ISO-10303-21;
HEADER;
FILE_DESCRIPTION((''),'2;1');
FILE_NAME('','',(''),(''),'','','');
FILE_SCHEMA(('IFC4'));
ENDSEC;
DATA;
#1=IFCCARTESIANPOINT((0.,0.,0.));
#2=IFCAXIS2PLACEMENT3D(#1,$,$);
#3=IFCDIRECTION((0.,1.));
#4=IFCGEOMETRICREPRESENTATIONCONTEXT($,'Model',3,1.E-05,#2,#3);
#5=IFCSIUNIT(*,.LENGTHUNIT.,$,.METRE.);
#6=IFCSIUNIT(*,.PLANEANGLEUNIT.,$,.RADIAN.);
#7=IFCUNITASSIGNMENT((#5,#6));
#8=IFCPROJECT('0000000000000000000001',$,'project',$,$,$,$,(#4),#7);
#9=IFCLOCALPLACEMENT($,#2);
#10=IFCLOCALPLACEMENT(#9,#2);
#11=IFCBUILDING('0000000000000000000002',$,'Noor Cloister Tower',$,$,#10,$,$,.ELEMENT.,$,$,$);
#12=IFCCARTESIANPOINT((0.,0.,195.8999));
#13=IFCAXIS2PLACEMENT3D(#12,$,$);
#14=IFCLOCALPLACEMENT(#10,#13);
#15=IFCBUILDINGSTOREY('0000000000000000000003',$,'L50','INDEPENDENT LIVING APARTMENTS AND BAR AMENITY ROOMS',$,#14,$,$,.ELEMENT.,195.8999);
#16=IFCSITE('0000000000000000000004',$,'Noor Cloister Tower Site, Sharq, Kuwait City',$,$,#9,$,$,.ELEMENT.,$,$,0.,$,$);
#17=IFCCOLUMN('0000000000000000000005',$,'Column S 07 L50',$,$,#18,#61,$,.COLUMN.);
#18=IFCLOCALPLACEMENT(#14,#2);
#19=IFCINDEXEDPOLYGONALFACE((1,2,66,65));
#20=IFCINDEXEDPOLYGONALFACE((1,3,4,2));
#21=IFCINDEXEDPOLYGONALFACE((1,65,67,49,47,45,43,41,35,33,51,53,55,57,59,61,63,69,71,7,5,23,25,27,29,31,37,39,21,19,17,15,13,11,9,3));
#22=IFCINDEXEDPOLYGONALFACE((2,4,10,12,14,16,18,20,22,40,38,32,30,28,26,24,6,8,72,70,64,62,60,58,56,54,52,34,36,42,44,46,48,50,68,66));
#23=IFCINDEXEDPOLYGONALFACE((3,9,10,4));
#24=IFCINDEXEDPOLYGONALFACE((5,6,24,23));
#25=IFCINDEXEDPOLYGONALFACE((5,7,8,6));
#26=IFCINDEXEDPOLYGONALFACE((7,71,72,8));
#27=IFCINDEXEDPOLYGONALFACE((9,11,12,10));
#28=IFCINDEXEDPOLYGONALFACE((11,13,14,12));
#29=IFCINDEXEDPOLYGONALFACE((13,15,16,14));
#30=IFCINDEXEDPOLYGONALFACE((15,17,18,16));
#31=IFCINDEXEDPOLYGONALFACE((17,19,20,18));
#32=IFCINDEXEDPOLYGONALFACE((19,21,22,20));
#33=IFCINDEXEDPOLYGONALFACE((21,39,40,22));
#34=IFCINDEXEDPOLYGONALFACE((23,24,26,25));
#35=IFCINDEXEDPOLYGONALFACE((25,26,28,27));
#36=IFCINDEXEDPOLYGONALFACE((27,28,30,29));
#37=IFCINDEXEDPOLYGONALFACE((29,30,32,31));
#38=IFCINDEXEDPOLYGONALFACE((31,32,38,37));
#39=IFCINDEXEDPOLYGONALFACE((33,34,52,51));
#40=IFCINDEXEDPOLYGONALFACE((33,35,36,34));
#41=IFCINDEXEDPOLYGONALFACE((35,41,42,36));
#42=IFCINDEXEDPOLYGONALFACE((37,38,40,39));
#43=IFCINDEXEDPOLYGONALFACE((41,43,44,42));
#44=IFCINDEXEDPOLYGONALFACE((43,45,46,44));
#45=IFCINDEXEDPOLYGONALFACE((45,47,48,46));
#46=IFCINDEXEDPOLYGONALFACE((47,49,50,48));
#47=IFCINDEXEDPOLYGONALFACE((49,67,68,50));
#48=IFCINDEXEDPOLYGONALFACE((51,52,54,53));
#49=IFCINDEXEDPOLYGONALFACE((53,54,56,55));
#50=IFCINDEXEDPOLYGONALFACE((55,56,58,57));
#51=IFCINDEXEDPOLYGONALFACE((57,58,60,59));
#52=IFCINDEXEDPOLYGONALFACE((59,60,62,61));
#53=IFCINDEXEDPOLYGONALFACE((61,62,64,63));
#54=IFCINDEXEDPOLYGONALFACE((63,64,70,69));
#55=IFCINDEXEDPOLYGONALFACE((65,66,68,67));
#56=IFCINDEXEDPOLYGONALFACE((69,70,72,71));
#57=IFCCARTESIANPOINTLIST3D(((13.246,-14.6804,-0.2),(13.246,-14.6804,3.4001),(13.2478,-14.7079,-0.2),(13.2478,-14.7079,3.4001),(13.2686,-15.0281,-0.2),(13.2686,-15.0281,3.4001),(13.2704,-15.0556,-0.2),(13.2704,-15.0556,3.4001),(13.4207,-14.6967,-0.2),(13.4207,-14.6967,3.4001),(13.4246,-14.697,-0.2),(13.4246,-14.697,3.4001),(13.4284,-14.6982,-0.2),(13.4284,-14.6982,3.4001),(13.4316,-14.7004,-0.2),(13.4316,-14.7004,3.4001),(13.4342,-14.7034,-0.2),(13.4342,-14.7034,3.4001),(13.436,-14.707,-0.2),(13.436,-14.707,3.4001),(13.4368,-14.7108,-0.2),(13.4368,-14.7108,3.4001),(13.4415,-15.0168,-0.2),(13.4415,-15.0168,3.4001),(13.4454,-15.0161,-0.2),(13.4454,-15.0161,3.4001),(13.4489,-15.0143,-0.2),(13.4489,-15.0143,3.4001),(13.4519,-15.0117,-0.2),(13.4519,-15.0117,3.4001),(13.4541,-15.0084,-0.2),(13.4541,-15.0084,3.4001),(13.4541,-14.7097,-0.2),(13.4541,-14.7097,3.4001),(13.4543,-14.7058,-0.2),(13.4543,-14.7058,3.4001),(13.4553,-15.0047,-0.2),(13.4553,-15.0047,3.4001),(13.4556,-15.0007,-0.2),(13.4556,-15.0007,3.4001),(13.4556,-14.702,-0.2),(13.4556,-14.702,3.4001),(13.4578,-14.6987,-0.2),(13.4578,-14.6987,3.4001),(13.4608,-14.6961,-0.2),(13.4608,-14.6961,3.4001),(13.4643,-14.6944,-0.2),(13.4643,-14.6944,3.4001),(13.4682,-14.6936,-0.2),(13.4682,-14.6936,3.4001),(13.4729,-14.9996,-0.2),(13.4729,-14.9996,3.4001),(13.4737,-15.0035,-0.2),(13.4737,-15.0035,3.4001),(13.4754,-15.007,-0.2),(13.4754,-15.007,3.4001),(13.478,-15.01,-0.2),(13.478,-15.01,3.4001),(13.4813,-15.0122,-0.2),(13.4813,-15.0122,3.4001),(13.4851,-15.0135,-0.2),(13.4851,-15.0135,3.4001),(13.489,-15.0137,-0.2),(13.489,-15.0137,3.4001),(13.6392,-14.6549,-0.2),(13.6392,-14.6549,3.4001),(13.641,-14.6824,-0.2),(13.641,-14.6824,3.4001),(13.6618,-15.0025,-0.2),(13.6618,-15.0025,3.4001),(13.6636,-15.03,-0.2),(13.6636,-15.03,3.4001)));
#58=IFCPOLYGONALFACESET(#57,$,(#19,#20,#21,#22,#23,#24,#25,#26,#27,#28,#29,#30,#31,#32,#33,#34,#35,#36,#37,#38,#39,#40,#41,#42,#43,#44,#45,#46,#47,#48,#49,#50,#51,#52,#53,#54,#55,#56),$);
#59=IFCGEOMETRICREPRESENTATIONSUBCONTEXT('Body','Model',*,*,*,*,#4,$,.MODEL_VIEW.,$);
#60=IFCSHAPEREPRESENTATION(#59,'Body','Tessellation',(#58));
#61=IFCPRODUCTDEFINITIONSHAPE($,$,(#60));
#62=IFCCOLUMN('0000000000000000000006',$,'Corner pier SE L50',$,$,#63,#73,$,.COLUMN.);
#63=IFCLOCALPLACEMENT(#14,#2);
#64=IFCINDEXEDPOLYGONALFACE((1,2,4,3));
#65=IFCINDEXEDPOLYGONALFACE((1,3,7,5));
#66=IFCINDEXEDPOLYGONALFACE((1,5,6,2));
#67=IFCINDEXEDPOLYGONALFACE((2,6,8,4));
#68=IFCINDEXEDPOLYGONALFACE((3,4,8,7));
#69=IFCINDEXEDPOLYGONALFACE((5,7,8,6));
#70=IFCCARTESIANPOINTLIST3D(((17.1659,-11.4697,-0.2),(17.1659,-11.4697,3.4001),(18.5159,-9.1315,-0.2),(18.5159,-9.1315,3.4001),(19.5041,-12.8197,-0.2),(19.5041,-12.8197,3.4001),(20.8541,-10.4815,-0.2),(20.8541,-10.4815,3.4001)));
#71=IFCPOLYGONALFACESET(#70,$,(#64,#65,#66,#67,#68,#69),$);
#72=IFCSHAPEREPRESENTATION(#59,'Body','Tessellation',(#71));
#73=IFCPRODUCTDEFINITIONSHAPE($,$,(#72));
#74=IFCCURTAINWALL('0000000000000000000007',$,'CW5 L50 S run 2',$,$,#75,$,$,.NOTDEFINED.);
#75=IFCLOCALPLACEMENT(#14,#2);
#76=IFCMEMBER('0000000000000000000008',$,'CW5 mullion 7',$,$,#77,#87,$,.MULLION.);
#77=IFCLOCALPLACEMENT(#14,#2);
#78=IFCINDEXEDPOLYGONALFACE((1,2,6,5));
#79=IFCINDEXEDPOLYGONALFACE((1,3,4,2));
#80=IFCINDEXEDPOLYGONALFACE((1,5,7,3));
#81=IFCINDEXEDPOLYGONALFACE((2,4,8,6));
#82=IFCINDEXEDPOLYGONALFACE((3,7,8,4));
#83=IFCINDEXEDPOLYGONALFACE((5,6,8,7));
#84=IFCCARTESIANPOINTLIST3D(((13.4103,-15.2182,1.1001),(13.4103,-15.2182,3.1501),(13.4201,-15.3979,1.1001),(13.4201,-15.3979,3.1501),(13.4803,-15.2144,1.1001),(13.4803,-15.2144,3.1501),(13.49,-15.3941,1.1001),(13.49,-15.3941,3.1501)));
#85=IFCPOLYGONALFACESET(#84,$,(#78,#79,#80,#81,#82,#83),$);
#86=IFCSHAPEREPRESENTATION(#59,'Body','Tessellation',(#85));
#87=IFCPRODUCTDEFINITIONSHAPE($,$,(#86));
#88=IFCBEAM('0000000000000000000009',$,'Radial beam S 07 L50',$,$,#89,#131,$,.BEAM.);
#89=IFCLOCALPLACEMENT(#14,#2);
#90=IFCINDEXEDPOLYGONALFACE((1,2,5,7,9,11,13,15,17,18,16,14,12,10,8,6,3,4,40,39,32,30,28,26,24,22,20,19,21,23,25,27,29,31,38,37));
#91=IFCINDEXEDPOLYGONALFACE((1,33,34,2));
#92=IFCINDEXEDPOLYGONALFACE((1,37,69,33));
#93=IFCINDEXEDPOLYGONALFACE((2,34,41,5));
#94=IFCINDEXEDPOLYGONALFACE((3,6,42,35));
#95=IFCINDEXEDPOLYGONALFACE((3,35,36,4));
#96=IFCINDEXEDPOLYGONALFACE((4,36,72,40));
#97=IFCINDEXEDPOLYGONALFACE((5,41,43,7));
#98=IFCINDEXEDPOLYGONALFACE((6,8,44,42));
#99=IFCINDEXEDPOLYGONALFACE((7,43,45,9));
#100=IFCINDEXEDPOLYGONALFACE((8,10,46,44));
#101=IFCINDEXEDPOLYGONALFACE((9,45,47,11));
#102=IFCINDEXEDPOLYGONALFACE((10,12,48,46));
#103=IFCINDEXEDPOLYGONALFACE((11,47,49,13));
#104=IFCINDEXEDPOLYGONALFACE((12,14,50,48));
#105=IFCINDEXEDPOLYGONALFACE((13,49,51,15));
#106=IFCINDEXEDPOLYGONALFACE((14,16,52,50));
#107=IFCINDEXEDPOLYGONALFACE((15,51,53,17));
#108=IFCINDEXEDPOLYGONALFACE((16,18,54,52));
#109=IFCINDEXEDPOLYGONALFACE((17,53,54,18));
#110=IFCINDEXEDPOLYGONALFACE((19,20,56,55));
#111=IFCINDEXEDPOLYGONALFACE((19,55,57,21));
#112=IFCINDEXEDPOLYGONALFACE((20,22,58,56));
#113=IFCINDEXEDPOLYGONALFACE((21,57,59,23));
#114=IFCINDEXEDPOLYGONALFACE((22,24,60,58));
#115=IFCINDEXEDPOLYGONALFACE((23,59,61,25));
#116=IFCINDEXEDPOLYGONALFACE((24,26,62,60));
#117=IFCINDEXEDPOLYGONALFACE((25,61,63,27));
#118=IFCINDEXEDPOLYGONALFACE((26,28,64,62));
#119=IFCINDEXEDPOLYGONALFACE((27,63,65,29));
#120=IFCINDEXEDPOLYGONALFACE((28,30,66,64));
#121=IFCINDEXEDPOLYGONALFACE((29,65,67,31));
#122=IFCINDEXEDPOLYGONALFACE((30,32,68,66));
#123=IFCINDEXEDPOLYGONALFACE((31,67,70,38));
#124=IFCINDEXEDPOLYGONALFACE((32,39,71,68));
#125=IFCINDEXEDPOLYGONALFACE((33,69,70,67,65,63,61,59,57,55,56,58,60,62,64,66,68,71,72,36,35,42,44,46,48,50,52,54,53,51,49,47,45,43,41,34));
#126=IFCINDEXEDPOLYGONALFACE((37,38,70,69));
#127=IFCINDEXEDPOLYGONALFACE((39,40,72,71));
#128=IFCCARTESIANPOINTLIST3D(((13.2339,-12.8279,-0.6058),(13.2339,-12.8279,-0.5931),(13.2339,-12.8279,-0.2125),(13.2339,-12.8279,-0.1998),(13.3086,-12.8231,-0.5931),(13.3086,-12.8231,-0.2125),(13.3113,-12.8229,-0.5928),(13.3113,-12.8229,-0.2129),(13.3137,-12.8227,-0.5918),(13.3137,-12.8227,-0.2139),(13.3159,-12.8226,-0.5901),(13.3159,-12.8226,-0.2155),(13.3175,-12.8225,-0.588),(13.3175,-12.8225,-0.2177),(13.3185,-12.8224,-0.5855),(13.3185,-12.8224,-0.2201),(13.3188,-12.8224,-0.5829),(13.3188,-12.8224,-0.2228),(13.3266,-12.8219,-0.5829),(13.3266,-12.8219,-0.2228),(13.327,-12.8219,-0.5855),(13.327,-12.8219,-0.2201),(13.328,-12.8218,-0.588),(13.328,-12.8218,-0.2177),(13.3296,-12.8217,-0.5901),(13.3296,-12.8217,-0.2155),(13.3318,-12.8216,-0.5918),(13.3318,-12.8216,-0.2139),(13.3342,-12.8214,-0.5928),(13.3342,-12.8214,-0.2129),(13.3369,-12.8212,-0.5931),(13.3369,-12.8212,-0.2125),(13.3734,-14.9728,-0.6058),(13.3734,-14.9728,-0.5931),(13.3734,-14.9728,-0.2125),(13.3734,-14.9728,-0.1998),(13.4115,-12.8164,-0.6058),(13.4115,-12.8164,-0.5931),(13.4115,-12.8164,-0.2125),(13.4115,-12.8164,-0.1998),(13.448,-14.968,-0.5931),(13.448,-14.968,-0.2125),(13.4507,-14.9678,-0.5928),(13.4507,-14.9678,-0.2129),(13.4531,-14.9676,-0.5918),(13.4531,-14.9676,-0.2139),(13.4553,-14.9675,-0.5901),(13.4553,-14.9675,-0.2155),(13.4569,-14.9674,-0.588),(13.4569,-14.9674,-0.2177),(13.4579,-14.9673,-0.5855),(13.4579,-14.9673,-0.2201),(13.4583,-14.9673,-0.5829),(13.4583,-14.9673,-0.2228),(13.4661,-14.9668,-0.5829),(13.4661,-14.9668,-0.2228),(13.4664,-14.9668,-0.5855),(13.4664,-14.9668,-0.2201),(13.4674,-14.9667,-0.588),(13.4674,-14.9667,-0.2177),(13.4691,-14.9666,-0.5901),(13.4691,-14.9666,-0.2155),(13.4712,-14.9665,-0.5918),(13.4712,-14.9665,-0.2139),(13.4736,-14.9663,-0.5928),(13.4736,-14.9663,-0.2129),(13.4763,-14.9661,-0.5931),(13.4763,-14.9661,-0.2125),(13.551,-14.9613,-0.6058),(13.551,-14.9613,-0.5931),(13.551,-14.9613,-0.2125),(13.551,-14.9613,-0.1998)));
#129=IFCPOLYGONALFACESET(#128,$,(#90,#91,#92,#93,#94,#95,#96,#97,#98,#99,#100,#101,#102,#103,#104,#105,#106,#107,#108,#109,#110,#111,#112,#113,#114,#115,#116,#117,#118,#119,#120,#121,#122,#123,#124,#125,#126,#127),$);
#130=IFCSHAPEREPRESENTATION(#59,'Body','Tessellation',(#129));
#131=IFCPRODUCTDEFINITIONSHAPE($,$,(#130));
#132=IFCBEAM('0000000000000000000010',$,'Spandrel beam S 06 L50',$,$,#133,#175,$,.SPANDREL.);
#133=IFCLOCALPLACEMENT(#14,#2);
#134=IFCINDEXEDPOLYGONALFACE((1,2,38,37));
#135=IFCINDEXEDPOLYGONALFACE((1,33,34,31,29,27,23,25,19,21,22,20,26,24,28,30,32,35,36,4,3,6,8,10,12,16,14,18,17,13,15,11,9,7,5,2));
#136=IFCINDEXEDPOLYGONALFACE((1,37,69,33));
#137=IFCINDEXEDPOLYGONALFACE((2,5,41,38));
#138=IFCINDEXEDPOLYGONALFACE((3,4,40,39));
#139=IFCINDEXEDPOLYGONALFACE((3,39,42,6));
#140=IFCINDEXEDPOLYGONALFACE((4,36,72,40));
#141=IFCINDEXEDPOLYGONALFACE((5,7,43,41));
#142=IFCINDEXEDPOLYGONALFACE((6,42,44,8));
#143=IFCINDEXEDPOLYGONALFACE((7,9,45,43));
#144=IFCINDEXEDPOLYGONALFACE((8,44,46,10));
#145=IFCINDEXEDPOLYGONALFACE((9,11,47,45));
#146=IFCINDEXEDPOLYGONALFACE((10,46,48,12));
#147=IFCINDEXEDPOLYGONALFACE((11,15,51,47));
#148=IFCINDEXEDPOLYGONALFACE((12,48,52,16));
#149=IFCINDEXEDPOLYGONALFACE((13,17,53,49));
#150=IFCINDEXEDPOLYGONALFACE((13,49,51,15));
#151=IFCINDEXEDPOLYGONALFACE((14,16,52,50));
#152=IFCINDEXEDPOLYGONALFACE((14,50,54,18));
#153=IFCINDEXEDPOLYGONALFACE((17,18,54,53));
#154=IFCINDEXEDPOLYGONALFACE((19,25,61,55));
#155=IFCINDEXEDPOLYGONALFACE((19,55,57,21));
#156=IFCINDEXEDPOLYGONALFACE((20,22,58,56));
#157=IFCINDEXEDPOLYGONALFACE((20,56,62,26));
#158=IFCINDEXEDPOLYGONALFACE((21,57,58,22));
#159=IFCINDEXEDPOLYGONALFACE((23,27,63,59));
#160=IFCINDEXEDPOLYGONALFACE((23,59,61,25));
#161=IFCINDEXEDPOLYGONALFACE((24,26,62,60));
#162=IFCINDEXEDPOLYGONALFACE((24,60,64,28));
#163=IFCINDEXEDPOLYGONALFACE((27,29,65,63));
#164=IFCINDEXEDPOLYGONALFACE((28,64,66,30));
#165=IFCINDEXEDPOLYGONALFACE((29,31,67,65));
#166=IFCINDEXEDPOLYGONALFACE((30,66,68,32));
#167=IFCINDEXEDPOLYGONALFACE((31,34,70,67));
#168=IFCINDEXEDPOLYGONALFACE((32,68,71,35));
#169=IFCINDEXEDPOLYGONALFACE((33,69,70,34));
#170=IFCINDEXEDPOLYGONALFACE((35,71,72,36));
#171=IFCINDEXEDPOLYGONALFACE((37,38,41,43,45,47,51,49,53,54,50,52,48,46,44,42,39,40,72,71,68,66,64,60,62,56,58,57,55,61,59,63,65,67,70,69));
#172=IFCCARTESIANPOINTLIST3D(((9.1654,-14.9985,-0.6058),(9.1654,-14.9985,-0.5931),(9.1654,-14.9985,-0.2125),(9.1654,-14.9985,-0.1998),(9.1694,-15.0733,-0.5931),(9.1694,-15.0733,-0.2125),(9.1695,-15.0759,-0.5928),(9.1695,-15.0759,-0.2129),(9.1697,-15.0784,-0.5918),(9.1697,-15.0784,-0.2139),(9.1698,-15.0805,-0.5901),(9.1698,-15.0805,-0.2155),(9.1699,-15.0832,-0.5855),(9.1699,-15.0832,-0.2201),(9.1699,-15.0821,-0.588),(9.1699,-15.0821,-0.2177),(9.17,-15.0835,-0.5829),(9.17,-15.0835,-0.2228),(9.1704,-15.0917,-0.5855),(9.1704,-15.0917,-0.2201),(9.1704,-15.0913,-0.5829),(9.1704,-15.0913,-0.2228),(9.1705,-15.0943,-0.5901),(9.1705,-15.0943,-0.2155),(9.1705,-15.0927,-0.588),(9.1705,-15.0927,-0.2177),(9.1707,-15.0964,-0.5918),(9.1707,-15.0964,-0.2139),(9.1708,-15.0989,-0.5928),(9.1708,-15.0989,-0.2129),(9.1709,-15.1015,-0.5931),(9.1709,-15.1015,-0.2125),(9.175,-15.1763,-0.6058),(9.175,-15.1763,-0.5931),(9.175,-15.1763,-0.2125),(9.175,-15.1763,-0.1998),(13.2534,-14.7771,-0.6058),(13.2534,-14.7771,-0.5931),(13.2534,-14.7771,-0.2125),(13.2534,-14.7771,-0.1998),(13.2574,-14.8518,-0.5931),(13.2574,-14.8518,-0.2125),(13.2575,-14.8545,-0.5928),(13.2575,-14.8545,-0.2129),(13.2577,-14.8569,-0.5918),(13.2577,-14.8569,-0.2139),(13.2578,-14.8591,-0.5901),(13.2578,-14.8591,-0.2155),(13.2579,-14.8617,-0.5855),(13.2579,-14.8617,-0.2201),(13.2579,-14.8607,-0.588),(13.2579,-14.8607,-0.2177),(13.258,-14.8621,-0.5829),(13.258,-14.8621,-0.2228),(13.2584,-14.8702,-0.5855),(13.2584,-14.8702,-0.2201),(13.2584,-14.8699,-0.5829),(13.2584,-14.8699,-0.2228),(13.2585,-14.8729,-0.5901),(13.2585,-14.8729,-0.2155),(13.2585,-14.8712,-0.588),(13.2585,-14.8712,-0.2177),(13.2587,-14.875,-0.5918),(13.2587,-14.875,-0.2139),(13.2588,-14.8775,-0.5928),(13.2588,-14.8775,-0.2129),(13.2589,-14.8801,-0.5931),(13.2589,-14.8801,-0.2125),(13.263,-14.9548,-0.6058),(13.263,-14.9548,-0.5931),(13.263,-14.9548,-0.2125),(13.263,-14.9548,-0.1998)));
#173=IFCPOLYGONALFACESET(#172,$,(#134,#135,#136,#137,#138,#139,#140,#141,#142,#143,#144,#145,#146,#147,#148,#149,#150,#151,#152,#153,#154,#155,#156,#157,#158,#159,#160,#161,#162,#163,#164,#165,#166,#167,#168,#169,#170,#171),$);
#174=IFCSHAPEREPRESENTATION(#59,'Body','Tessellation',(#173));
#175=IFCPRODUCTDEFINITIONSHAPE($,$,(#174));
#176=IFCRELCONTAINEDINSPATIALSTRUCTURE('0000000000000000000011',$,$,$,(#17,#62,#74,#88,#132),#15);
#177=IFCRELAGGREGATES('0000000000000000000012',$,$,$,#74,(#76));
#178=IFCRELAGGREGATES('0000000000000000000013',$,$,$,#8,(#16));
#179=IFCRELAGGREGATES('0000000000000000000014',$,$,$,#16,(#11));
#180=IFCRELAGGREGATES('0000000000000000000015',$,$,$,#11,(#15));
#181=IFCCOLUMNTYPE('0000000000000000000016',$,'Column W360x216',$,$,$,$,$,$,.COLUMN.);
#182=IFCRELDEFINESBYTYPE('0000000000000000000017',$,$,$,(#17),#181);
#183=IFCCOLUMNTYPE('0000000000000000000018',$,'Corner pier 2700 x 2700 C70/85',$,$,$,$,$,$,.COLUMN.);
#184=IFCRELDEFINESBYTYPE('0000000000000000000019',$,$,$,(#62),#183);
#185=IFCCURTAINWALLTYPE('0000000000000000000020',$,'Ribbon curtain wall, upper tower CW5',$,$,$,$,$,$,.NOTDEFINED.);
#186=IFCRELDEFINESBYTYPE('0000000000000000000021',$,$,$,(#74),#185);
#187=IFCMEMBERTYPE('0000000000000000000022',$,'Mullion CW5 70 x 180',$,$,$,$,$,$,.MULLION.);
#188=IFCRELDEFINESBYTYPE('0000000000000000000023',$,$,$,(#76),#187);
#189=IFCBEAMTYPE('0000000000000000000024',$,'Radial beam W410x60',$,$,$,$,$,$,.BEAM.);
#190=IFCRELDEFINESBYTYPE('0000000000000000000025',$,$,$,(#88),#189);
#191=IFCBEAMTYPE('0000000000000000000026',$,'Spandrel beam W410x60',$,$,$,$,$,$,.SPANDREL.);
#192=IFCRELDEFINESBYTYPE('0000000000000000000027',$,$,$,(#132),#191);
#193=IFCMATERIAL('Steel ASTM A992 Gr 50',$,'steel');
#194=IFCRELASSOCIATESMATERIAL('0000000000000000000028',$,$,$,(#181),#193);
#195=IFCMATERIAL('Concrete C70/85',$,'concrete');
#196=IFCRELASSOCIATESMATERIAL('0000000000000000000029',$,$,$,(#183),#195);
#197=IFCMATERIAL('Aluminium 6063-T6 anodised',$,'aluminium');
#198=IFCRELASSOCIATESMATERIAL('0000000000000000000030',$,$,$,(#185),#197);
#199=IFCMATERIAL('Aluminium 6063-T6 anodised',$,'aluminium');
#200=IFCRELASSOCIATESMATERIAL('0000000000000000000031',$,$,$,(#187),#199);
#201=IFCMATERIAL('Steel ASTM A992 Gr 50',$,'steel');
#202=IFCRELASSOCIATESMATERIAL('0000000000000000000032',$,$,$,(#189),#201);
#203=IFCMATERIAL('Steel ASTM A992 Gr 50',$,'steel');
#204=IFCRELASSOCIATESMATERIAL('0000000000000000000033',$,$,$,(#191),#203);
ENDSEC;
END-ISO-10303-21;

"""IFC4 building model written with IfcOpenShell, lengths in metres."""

from ifc_helpers import new_model, si_unit, direction, frame, origin, origin_2d, place, context, subcontext, project, spatial, rectangle, i_section, extrude, material, material_profile, profile_set, type_object, element, aggregate, save


model = new_model("IFC4")

# Units and contexts
model_context = context("Model", 3, precision=1e-05, world=origin(), true_north=direction((0.0, 1.0)))
body_context = subcontext(model_context, "Body", "Model", "MODEL_VIEW")
ifc_project = project(units=[si_unit("LENGTHUNIT", "METRE"), si_unit("PLANEANGLEUNIT", "RADIAN")], contexts=[model_context])

# Site, building, storey
site_placement = place(None, origin())
site = spatial("IfcSite", under=ifc_project, at=site_placement, Name="Noor Cloister Tower Site, Sharq, Kuwait City", CompositionType="ELEMENT", RefElevation=0.0)
building_placement = place(site_placement, origin())
building = spatial("IfcBuilding", under=site, at=building_placement, Name="Noor Cloister Tower", CompositionType="ELEMENT")
storey_placement = place(building_placement, frame((0.0, 0.0, 195.8999)))
storey = spatial("IfcBuildingStorey", under=building, at=storey_placement, Name="L50", Description="INDEPENDENT LIVING APARTMENTS AND BAR AMENITY ROOMS", CompositionType="ELEMENT", Elevation=195.8999)

# Columns
ifc_material_1 = material(Name="Steel ASTM A992 Gr 50", Category="steel")
ifc_material_profile_1 = material_profile(ifc_material_1, i_section(OverallWidth=0.394, OverallDepth=0.376, WebThickness=0.0173, FlangeThickness=0.0276, FilletRadius=0.0151, at=origin_2d()), Name="W360x216")
ifc_profile_set_1 = profile_set([ifc_material_profile_1], Name="Steel ASTM A992 Gr 50")
column_type_1 = type_object("IfcColumnType", Name="Column W360x216", PredefinedType="COLUMN", material=ifc_profile_set_1)
column_1_placement = place(storey_placement, frame((13.4548, -14.8552, -0.2), z_axis=(0.0, 0.0, 1.0), x_axis=(0.997893, 0.064875, 0.0)))
element("IfcColumn", 1, at=column_1_placement, inside=storey, type_object=column_type_1, Name="Column S 07 L50", PredefinedType="COLUMN", context=body_context, shape_type="SweptSolid", body=[
    extrude(i_section(OverallWidth=0.394, OverallDepth=0.376, WebThickness=0.0173, FlangeThickness=0.0276, FilletRadius=0.0151, at=origin_2d()), origin(), (0.0, 0.0, 1.0), 3.6001),
])
ifc_material_2 = material(Name="Concrete C70/85", Category="concrete")
ifc_material_profile_2 = material_profile(ifc_material_2, rectangle(XDim=2.7, YDim=2.7, at=origin_2d()), Name="RC 2700x2700")
ifc_profile_set_2 = profile_set([ifc_material_profile_2], Name="Concrete C70/85")
column_type_2 = type_object("IfcColumnType", Name="Corner pier 2700 x 2700 C70/85", PredefinedType="COLUMN", material=ifc_profile_set_2)
column_2_placement = place(storey_placement, frame((19.01, -10.9756, -0.2), z_axis=(0.0, 0.0, 1.0), x_axis=(0.866025, -0.5, 0.0)))
element("IfcColumn", 2, at=column_2_placement, inside=storey, type_object=column_type_2, Name="Corner pier SE L50", PredefinedType="COLUMN", context=body_context, shape_type="SweptSolid", body=[
    extrude(rectangle(XDim=2.7, YDim=2.7, at=origin_2d()), origin(), (0.0, 0.0, 1.0), 3.6001),
])

# Curtain wall, member
ifc_material_3 = material(Name="Aluminium 6063-T6 anodised", Category="aluminium")
curtain_wall_type = type_object("IfcCurtainWallType", Name="Ribbon curtain wall, upper tower CW5", PredefinedType="NOTDEFINED", material=ifc_material_3)
curtain_wall_placement = place(storey_placement, origin())
curtain_wall = element("IfcCurtainWall", 3, at=curtain_wall_placement, inside=storey, type_object=curtain_wall_type, Name="CW5 L50 S run 2", PredefinedType="NOTDEFINED")
ifc_material_4 = material(Name="Aluminium 6063-T6 anodised", Category="aluminium")
ifc_material_profile_3 = material_profile(ifc_material_4, rectangle(XDim=0.1799, YDim=0.0701, at=origin_2d()), Name="180 x 70 mullion")
ifc_profile_set_3 = profile_set([ifc_material_profile_3], Name="Aluminium 6063-T6 anodised")
member_type = type_object("IfcMemberType", Name="Mullion CW5 70 x 180", PredefinedType="MULLION", material=ifc_profile_set_3)
member_placement = place(storey_placement, frame((13.4502, -15.3062, 1.1001), z_axis=(0.0, 0.0, 1.0), x_axis=(-0.054074, 0.998537, 0.0)))
member = element("IfcMember", 4, at=member_placement, type_object=member_type, Name="CW5 mullion 7", PredefinedType="MULLION", context=body_context, shape_type="SweptSolid", body=[
    extrude(rectangle(XDim=0.1799, YDim=0.0701, at=origin_2d()), origin(), (0.0, 0.0, 1.0), 2.05),
])

# Beams
ifc_material_5 = material(Name="Steel ASTM A992 Gr 50", Category="steel")
ifc_material_profile_4 = material_profile(ifc_material_5, i_section(OverallWidth=0.178, OverallDepth=0.406, WebThickness=0.0078, FlangeThickness=0.0127, FilletRadius=0.0103, at=origin_2d()), Name="W410x60")
ifc_profile_set_4 = profile_set([ifc_material_profile_4], Name="Steel ASTM A992 Gr 50")
beam_type_1 = type_object("IfcBeamType", Name="Radial beam W410x60", PredefinedType="BEAM", material=ifc_profile_set_4)
beam_1_placement = place(storey_placement, frame((13.4622, -14.967, -0.4028), z_axis=(-0.06486, 0.997894, 0.0), x_axis=(-0.997894, -0.06486, 0.0)))
element("IfcBeam", 5, at=beam_1_placement, inside=storey, type_object=beam_type_1, Name="Radial beam S 07 L50", PredefinedType="BEAM", context=body_context, shape_type="SweptSolid", body=[
    extrude(i_section(OverallWidth=0.178, OverallDepth=0.406, WebThickness=0.0078, FlangeThickness=0.0127, FilletRadius=0.0103, at=origin_2d()), origin(), (0.0, 0.0, 1.0), 2.1494),
])
ifc_material_6 = material(Name="Steel ASTM A992 Gr 50", Category="steel")
ifc_material_profile_5 = material_profile(ifc_material_6, i_section(OverallWidth=0.178, OverallDepth=0.406, WebThickness=0.0078, FlangeThickness=0.0127, FilletRadius=0.0103, at=origin_2d()), Name="W410x60")
ifc_profile_set_5 = profile_set([ifc_material_profile_5], Name="Steel ASTM A992 Gr 50")
beam_type_2 = type_object("IfcBeamType", Name="Spandrel beam W410x60", PredefinedType="SPANDREL", material=ifc_profile_set_5)
beam_2_placement = place(storey_placement, frame((9.1702, -15.0874, -0.4028), z_axis=(0.998536, 0.054089, 0.0), x_axis=(-0.054089, 0.998536, 0.0)))
element("IfcBeam", 6, at=beam_2_placement, inside=storey, type_object=beam_type_2, Name="Spandrel beam S 06 L50", PredefinedType="SPANDREL", context=body_context, shape_type="SweptSolid", body=[
    extrude(i_section(OverallWidth=0.178, OverallDepth=0.406, WebThickness=0.0078, FlangeThickness=0.0127, FilletRadius=0.0103, at=origin_2d()), origin(), (0.0, 0.0, 1.0), 4.094),
])

aggregate(curtain_wall, [member])

save(model, "model.ifc")
